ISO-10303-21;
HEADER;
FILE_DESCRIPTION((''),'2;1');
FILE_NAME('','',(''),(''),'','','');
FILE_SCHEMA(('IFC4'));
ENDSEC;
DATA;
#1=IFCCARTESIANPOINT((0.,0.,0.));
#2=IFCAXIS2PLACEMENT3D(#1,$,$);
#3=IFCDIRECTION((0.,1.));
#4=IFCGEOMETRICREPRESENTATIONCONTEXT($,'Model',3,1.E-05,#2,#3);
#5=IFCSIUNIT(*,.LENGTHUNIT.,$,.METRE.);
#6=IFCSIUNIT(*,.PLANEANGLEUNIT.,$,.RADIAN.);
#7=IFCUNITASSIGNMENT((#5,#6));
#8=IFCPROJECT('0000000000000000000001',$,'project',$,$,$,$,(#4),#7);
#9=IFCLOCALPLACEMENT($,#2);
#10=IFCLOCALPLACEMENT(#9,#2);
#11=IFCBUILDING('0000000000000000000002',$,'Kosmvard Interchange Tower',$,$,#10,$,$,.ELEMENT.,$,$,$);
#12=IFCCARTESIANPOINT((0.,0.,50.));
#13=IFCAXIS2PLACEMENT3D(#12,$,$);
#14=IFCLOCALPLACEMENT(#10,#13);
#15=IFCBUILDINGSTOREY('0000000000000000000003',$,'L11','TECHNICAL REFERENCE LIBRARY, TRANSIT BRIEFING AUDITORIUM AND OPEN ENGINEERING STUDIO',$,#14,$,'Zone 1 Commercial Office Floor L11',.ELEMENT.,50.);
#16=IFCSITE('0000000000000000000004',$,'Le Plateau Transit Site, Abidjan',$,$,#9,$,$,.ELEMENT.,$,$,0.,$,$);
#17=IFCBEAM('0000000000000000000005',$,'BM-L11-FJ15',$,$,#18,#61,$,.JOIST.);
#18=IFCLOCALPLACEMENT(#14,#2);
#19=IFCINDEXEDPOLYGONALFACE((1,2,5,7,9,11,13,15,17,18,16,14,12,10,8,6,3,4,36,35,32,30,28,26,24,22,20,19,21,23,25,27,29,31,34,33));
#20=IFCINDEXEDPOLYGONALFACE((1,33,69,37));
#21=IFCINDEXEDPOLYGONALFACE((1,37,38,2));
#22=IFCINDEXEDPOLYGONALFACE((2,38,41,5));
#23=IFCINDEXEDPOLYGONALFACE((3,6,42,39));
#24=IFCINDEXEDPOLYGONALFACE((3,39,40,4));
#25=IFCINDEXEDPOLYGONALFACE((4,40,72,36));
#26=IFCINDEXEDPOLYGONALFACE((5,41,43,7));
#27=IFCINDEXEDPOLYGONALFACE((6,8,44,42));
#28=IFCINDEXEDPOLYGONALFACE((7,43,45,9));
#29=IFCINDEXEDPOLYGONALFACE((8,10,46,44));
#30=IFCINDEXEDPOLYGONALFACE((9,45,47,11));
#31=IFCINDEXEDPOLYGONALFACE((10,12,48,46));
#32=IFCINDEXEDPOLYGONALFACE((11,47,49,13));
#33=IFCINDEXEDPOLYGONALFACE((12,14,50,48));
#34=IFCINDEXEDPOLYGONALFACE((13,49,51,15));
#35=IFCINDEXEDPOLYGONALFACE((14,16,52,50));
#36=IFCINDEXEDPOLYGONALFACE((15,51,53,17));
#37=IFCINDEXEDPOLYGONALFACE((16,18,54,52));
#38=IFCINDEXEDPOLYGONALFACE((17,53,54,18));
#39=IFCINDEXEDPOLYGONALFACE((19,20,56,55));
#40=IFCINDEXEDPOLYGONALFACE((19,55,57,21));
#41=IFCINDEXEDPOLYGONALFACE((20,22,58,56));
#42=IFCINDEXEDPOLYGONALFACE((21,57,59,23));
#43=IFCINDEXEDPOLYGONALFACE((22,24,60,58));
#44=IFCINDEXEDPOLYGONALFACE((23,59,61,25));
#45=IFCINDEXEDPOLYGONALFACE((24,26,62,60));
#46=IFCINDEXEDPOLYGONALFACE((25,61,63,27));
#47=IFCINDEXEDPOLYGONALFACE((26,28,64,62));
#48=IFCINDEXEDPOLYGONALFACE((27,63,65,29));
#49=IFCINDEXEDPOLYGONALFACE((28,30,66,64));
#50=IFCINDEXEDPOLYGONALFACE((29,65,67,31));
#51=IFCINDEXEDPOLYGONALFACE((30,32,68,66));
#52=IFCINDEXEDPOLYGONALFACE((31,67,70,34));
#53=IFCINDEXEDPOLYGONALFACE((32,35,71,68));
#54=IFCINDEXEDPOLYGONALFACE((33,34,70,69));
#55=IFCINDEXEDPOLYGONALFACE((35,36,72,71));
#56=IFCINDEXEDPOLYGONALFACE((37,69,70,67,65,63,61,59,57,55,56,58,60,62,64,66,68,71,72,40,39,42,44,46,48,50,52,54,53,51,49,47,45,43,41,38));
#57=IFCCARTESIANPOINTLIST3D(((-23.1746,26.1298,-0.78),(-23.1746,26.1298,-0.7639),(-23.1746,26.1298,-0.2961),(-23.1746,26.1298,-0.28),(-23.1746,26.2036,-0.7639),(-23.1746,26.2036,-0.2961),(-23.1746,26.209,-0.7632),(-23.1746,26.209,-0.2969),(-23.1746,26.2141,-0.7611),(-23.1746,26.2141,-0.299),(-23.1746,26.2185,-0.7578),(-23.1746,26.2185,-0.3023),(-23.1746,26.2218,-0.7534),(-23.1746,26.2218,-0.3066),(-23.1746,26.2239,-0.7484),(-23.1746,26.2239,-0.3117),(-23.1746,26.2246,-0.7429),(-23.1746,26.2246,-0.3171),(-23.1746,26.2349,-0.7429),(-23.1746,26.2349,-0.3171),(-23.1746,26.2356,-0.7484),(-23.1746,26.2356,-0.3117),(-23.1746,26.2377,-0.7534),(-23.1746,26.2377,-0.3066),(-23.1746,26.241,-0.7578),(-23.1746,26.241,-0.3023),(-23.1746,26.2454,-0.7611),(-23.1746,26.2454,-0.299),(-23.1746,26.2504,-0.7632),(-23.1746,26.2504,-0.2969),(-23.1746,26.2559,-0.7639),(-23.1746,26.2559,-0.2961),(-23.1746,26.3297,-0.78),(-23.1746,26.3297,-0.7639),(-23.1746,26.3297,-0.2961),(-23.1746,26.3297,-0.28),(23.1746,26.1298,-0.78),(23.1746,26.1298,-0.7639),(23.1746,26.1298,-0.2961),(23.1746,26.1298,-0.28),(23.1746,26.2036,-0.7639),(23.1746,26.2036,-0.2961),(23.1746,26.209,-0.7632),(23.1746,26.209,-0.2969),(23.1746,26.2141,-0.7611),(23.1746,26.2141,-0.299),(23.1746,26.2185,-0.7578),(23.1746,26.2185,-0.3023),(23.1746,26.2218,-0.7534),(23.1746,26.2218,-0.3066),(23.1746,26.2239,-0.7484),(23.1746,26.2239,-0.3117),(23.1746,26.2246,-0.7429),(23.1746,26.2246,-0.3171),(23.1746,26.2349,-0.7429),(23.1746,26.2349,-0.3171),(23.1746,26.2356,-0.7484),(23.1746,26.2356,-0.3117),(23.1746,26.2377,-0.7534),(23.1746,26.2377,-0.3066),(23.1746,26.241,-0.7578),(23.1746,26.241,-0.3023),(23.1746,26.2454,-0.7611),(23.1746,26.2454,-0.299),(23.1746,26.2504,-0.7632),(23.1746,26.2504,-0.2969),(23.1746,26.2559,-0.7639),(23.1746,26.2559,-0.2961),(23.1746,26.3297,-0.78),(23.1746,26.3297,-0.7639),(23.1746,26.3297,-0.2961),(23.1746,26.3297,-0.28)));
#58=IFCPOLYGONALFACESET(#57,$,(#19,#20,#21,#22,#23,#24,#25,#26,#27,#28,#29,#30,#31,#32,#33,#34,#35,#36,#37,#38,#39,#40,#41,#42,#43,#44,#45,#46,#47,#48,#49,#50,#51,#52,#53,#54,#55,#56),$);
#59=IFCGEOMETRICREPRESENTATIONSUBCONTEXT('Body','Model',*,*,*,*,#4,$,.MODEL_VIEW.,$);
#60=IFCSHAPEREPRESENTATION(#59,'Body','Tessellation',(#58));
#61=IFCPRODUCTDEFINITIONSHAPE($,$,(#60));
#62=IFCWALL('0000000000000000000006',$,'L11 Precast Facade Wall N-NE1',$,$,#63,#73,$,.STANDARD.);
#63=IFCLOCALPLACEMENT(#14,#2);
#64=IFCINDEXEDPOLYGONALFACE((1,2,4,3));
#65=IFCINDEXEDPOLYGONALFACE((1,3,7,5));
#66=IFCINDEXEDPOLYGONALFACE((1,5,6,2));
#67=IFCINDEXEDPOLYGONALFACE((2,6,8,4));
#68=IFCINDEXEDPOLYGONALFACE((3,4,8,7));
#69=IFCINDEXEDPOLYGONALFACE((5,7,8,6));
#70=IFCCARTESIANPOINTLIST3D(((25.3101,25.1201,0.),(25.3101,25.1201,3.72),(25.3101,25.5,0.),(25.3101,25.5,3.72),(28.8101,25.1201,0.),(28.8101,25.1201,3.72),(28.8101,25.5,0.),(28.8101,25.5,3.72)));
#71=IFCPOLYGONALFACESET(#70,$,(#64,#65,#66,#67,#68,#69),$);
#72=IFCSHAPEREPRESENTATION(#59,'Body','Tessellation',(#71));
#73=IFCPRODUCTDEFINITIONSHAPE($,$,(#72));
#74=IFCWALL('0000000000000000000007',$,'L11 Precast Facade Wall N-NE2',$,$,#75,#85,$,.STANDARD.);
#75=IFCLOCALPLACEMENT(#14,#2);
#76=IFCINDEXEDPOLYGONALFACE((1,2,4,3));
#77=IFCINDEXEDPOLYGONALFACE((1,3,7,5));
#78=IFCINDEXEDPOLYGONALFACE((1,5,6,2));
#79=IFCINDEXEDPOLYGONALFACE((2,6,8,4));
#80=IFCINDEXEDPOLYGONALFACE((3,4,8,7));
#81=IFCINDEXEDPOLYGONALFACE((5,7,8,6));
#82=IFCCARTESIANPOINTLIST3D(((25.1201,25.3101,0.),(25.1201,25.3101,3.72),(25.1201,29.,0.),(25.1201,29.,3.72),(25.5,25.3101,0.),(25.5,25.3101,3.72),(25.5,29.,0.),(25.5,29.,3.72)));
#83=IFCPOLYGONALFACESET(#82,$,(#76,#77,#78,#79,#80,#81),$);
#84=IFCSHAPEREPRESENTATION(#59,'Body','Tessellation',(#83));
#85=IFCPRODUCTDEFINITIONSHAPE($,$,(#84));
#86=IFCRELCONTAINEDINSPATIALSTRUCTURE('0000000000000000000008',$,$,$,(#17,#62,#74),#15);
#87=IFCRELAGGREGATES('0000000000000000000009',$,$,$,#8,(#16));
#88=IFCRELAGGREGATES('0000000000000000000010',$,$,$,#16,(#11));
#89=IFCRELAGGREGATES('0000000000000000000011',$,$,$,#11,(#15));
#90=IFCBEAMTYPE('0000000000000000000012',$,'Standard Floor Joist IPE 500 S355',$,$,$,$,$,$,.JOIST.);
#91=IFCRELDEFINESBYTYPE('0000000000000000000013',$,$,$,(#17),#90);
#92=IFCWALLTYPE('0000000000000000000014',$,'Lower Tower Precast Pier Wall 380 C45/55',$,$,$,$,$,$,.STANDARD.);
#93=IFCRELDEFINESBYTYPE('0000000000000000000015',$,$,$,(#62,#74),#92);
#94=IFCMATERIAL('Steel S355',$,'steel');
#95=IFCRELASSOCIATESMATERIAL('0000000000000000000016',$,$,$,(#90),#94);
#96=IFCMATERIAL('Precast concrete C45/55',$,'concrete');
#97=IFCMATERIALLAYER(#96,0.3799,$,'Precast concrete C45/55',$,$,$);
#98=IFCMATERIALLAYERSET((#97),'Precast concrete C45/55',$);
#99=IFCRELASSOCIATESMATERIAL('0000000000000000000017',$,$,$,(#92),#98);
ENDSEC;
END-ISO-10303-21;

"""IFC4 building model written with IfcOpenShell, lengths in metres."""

from ifc_helpers import new_model, si_unit, direction, frame, frame_2d, origin, origin_2d, place, context, subcontext, project, spatial, rectangle, i_section, extrude, source, transform, mapped, material, layer, layer_set, material_profile, profile_set, type_object, element, save


model = new_model("IFC4")

# Units and contexts
model_context = context("Model", 3, precision=1e-05, world=origin(), true_north=direction((0.0, 1.0)))
body_context = subcontext(model_context, "Body", "Model", "MODEL_VIEW")
ifc_project = project(units=[si_unit("LENGTHUNIT", "METRE"), si_unit("PLANEANGLEUNIT", "RADIAN")], contexts=[model_context])

# Site, building, storey
site_placement = place(None, origin())
site = spatial("IfcSite", under=ifc_project, at=site_placement, Name="Le Plateau Transit Site, Abidjan", CompositionType="ELEMENT", RefElevation=0.0)
building_placement = place(site_placement, origin())
building = spatial("IfcBuilding", under=site, at=building_placement, Name="Kosmvard Interchange Tower", CompositionType="ELEMENT")
storey_placement = place(building_placement, frame((0.0, 0.0, 50.0)))
storey = spatial("IfcBuildingStorey", under=building, at=storey_placement, Name="L11", Description="TECHNICAL REFERENCE LIBRARY, TRANSIT BRIEFING AUDITORIUM AND OPEN ENGINEERING STUDIO", LongName="Zone 1 Commercial Office Floor L11", CompositionType="ELEMENT", Elevation=50.0)

# Beam
ifc_material_1 = material(Name="Steel S355", Category="steel")
ifc_material_2 = material(Name="Precast concrete C45/55", Category="concrete")
ifc_material_profile_1 = material_profile(ifc_material_1, i_section(OverallWidth=0.2, OverallDepth=0.5, WebThickness=0.0103, FlangeThickness=0.0161, FilletRadius=0.021, at=origin_2d()), Name="IPE 500")
ifc_profile_set_1 = profile_set([ifc_material_profile_1], Name="Steel S355")
beam_type_1 = type_object("IfcBeamType", Name="Standard Floor Joist IPE 500 S355", PredefinedType="JOIST", material=ifc_profile_set_1)
shared_shape_1 = source(origin(), body_context, "Body", "SweptSolid", [
    extrude(i_section(OverallWidth=0.2, OverallDepth=0.5, WebThickness=0.0103, FlangeThickness=0.0161, FilletRadius=0.021, at=origin_2d()), origin(), (0.0, 0.0, 1.0), 46.3491),
])
beam_1_placement = place(storey_placement, frame((23.1746, 26.2297, -0.53), z_axis=(-1.0, 0.0, 0.0), x_axis=(0.0, -1.0, 0.0)))
element("IfcBeam", 1, at=beam_1_placement, inside=storey, type_object=beam_type_1, Name="BM-L11-FJ15", PredefinedType="JOIST", context=body_context, shape_type="MappedRepresentation", body=[
    mapped(shared_shape_1, transform((0.0, 0.0, 0.0), scale=1.0)),
])

# Walls
ifc_layer_1 = layer(ifc_material_2, 0.3799, Name="Precast concrete C45/55")
ifc_layer_set_1 = layer_set([ifc_layer_1], Name="Precast concrete C45/55")
wall_type = type_object("IfcWallType", Name="Lower Tower Precast Pier Wall 380 C45/55", PredefinedType="STANDARD", material=ifc_layer_set_1)
wall_1_placement = place(storey_placement, frame((28.8101, 25.3101, 0.0), z_axis=(0.0, 0.0, 1.0), x_axis=(-1.0, 0.0, 0.0)))
element("IfcWall", 2, at=wall_1_placement, inside=storey, type_object=wall_type, Name="L11 Precast Facade Wall N-NE1", PredefinedType="STANDARD", context=body_context, shape_type="SweptSolid", body=[
    extrude(rectangle(XDim=3.5, YDim=0.3799, at=frame_2d((1.75, 0.0))), origin(), (0.0, 0.0, 1.0), 3.72),
])
wall_2_placement = place(storey_placement, frame((25.3101, 25.3101, 0.0), z_axis=(0.0, 0.0, 1.0), x_axis=(0.0, 1.0, 0.0)))
element("IfcWall", 3, at=wall_2_placement, inside=storey, type_object=wall_type, Name="L11 Precast Facade Wall N-NE2", PredefinedType="STANDARD", context=body_context, shape_type="SweptSolid", body=[
    extrude(rectangle(XDim=3.6899, YDim=0.3799, at=frame_2d((1.845, 0.0))), origin(), (0.0, 0.0, 1.0), 3.72),
])

save(model, "model.ifc")
